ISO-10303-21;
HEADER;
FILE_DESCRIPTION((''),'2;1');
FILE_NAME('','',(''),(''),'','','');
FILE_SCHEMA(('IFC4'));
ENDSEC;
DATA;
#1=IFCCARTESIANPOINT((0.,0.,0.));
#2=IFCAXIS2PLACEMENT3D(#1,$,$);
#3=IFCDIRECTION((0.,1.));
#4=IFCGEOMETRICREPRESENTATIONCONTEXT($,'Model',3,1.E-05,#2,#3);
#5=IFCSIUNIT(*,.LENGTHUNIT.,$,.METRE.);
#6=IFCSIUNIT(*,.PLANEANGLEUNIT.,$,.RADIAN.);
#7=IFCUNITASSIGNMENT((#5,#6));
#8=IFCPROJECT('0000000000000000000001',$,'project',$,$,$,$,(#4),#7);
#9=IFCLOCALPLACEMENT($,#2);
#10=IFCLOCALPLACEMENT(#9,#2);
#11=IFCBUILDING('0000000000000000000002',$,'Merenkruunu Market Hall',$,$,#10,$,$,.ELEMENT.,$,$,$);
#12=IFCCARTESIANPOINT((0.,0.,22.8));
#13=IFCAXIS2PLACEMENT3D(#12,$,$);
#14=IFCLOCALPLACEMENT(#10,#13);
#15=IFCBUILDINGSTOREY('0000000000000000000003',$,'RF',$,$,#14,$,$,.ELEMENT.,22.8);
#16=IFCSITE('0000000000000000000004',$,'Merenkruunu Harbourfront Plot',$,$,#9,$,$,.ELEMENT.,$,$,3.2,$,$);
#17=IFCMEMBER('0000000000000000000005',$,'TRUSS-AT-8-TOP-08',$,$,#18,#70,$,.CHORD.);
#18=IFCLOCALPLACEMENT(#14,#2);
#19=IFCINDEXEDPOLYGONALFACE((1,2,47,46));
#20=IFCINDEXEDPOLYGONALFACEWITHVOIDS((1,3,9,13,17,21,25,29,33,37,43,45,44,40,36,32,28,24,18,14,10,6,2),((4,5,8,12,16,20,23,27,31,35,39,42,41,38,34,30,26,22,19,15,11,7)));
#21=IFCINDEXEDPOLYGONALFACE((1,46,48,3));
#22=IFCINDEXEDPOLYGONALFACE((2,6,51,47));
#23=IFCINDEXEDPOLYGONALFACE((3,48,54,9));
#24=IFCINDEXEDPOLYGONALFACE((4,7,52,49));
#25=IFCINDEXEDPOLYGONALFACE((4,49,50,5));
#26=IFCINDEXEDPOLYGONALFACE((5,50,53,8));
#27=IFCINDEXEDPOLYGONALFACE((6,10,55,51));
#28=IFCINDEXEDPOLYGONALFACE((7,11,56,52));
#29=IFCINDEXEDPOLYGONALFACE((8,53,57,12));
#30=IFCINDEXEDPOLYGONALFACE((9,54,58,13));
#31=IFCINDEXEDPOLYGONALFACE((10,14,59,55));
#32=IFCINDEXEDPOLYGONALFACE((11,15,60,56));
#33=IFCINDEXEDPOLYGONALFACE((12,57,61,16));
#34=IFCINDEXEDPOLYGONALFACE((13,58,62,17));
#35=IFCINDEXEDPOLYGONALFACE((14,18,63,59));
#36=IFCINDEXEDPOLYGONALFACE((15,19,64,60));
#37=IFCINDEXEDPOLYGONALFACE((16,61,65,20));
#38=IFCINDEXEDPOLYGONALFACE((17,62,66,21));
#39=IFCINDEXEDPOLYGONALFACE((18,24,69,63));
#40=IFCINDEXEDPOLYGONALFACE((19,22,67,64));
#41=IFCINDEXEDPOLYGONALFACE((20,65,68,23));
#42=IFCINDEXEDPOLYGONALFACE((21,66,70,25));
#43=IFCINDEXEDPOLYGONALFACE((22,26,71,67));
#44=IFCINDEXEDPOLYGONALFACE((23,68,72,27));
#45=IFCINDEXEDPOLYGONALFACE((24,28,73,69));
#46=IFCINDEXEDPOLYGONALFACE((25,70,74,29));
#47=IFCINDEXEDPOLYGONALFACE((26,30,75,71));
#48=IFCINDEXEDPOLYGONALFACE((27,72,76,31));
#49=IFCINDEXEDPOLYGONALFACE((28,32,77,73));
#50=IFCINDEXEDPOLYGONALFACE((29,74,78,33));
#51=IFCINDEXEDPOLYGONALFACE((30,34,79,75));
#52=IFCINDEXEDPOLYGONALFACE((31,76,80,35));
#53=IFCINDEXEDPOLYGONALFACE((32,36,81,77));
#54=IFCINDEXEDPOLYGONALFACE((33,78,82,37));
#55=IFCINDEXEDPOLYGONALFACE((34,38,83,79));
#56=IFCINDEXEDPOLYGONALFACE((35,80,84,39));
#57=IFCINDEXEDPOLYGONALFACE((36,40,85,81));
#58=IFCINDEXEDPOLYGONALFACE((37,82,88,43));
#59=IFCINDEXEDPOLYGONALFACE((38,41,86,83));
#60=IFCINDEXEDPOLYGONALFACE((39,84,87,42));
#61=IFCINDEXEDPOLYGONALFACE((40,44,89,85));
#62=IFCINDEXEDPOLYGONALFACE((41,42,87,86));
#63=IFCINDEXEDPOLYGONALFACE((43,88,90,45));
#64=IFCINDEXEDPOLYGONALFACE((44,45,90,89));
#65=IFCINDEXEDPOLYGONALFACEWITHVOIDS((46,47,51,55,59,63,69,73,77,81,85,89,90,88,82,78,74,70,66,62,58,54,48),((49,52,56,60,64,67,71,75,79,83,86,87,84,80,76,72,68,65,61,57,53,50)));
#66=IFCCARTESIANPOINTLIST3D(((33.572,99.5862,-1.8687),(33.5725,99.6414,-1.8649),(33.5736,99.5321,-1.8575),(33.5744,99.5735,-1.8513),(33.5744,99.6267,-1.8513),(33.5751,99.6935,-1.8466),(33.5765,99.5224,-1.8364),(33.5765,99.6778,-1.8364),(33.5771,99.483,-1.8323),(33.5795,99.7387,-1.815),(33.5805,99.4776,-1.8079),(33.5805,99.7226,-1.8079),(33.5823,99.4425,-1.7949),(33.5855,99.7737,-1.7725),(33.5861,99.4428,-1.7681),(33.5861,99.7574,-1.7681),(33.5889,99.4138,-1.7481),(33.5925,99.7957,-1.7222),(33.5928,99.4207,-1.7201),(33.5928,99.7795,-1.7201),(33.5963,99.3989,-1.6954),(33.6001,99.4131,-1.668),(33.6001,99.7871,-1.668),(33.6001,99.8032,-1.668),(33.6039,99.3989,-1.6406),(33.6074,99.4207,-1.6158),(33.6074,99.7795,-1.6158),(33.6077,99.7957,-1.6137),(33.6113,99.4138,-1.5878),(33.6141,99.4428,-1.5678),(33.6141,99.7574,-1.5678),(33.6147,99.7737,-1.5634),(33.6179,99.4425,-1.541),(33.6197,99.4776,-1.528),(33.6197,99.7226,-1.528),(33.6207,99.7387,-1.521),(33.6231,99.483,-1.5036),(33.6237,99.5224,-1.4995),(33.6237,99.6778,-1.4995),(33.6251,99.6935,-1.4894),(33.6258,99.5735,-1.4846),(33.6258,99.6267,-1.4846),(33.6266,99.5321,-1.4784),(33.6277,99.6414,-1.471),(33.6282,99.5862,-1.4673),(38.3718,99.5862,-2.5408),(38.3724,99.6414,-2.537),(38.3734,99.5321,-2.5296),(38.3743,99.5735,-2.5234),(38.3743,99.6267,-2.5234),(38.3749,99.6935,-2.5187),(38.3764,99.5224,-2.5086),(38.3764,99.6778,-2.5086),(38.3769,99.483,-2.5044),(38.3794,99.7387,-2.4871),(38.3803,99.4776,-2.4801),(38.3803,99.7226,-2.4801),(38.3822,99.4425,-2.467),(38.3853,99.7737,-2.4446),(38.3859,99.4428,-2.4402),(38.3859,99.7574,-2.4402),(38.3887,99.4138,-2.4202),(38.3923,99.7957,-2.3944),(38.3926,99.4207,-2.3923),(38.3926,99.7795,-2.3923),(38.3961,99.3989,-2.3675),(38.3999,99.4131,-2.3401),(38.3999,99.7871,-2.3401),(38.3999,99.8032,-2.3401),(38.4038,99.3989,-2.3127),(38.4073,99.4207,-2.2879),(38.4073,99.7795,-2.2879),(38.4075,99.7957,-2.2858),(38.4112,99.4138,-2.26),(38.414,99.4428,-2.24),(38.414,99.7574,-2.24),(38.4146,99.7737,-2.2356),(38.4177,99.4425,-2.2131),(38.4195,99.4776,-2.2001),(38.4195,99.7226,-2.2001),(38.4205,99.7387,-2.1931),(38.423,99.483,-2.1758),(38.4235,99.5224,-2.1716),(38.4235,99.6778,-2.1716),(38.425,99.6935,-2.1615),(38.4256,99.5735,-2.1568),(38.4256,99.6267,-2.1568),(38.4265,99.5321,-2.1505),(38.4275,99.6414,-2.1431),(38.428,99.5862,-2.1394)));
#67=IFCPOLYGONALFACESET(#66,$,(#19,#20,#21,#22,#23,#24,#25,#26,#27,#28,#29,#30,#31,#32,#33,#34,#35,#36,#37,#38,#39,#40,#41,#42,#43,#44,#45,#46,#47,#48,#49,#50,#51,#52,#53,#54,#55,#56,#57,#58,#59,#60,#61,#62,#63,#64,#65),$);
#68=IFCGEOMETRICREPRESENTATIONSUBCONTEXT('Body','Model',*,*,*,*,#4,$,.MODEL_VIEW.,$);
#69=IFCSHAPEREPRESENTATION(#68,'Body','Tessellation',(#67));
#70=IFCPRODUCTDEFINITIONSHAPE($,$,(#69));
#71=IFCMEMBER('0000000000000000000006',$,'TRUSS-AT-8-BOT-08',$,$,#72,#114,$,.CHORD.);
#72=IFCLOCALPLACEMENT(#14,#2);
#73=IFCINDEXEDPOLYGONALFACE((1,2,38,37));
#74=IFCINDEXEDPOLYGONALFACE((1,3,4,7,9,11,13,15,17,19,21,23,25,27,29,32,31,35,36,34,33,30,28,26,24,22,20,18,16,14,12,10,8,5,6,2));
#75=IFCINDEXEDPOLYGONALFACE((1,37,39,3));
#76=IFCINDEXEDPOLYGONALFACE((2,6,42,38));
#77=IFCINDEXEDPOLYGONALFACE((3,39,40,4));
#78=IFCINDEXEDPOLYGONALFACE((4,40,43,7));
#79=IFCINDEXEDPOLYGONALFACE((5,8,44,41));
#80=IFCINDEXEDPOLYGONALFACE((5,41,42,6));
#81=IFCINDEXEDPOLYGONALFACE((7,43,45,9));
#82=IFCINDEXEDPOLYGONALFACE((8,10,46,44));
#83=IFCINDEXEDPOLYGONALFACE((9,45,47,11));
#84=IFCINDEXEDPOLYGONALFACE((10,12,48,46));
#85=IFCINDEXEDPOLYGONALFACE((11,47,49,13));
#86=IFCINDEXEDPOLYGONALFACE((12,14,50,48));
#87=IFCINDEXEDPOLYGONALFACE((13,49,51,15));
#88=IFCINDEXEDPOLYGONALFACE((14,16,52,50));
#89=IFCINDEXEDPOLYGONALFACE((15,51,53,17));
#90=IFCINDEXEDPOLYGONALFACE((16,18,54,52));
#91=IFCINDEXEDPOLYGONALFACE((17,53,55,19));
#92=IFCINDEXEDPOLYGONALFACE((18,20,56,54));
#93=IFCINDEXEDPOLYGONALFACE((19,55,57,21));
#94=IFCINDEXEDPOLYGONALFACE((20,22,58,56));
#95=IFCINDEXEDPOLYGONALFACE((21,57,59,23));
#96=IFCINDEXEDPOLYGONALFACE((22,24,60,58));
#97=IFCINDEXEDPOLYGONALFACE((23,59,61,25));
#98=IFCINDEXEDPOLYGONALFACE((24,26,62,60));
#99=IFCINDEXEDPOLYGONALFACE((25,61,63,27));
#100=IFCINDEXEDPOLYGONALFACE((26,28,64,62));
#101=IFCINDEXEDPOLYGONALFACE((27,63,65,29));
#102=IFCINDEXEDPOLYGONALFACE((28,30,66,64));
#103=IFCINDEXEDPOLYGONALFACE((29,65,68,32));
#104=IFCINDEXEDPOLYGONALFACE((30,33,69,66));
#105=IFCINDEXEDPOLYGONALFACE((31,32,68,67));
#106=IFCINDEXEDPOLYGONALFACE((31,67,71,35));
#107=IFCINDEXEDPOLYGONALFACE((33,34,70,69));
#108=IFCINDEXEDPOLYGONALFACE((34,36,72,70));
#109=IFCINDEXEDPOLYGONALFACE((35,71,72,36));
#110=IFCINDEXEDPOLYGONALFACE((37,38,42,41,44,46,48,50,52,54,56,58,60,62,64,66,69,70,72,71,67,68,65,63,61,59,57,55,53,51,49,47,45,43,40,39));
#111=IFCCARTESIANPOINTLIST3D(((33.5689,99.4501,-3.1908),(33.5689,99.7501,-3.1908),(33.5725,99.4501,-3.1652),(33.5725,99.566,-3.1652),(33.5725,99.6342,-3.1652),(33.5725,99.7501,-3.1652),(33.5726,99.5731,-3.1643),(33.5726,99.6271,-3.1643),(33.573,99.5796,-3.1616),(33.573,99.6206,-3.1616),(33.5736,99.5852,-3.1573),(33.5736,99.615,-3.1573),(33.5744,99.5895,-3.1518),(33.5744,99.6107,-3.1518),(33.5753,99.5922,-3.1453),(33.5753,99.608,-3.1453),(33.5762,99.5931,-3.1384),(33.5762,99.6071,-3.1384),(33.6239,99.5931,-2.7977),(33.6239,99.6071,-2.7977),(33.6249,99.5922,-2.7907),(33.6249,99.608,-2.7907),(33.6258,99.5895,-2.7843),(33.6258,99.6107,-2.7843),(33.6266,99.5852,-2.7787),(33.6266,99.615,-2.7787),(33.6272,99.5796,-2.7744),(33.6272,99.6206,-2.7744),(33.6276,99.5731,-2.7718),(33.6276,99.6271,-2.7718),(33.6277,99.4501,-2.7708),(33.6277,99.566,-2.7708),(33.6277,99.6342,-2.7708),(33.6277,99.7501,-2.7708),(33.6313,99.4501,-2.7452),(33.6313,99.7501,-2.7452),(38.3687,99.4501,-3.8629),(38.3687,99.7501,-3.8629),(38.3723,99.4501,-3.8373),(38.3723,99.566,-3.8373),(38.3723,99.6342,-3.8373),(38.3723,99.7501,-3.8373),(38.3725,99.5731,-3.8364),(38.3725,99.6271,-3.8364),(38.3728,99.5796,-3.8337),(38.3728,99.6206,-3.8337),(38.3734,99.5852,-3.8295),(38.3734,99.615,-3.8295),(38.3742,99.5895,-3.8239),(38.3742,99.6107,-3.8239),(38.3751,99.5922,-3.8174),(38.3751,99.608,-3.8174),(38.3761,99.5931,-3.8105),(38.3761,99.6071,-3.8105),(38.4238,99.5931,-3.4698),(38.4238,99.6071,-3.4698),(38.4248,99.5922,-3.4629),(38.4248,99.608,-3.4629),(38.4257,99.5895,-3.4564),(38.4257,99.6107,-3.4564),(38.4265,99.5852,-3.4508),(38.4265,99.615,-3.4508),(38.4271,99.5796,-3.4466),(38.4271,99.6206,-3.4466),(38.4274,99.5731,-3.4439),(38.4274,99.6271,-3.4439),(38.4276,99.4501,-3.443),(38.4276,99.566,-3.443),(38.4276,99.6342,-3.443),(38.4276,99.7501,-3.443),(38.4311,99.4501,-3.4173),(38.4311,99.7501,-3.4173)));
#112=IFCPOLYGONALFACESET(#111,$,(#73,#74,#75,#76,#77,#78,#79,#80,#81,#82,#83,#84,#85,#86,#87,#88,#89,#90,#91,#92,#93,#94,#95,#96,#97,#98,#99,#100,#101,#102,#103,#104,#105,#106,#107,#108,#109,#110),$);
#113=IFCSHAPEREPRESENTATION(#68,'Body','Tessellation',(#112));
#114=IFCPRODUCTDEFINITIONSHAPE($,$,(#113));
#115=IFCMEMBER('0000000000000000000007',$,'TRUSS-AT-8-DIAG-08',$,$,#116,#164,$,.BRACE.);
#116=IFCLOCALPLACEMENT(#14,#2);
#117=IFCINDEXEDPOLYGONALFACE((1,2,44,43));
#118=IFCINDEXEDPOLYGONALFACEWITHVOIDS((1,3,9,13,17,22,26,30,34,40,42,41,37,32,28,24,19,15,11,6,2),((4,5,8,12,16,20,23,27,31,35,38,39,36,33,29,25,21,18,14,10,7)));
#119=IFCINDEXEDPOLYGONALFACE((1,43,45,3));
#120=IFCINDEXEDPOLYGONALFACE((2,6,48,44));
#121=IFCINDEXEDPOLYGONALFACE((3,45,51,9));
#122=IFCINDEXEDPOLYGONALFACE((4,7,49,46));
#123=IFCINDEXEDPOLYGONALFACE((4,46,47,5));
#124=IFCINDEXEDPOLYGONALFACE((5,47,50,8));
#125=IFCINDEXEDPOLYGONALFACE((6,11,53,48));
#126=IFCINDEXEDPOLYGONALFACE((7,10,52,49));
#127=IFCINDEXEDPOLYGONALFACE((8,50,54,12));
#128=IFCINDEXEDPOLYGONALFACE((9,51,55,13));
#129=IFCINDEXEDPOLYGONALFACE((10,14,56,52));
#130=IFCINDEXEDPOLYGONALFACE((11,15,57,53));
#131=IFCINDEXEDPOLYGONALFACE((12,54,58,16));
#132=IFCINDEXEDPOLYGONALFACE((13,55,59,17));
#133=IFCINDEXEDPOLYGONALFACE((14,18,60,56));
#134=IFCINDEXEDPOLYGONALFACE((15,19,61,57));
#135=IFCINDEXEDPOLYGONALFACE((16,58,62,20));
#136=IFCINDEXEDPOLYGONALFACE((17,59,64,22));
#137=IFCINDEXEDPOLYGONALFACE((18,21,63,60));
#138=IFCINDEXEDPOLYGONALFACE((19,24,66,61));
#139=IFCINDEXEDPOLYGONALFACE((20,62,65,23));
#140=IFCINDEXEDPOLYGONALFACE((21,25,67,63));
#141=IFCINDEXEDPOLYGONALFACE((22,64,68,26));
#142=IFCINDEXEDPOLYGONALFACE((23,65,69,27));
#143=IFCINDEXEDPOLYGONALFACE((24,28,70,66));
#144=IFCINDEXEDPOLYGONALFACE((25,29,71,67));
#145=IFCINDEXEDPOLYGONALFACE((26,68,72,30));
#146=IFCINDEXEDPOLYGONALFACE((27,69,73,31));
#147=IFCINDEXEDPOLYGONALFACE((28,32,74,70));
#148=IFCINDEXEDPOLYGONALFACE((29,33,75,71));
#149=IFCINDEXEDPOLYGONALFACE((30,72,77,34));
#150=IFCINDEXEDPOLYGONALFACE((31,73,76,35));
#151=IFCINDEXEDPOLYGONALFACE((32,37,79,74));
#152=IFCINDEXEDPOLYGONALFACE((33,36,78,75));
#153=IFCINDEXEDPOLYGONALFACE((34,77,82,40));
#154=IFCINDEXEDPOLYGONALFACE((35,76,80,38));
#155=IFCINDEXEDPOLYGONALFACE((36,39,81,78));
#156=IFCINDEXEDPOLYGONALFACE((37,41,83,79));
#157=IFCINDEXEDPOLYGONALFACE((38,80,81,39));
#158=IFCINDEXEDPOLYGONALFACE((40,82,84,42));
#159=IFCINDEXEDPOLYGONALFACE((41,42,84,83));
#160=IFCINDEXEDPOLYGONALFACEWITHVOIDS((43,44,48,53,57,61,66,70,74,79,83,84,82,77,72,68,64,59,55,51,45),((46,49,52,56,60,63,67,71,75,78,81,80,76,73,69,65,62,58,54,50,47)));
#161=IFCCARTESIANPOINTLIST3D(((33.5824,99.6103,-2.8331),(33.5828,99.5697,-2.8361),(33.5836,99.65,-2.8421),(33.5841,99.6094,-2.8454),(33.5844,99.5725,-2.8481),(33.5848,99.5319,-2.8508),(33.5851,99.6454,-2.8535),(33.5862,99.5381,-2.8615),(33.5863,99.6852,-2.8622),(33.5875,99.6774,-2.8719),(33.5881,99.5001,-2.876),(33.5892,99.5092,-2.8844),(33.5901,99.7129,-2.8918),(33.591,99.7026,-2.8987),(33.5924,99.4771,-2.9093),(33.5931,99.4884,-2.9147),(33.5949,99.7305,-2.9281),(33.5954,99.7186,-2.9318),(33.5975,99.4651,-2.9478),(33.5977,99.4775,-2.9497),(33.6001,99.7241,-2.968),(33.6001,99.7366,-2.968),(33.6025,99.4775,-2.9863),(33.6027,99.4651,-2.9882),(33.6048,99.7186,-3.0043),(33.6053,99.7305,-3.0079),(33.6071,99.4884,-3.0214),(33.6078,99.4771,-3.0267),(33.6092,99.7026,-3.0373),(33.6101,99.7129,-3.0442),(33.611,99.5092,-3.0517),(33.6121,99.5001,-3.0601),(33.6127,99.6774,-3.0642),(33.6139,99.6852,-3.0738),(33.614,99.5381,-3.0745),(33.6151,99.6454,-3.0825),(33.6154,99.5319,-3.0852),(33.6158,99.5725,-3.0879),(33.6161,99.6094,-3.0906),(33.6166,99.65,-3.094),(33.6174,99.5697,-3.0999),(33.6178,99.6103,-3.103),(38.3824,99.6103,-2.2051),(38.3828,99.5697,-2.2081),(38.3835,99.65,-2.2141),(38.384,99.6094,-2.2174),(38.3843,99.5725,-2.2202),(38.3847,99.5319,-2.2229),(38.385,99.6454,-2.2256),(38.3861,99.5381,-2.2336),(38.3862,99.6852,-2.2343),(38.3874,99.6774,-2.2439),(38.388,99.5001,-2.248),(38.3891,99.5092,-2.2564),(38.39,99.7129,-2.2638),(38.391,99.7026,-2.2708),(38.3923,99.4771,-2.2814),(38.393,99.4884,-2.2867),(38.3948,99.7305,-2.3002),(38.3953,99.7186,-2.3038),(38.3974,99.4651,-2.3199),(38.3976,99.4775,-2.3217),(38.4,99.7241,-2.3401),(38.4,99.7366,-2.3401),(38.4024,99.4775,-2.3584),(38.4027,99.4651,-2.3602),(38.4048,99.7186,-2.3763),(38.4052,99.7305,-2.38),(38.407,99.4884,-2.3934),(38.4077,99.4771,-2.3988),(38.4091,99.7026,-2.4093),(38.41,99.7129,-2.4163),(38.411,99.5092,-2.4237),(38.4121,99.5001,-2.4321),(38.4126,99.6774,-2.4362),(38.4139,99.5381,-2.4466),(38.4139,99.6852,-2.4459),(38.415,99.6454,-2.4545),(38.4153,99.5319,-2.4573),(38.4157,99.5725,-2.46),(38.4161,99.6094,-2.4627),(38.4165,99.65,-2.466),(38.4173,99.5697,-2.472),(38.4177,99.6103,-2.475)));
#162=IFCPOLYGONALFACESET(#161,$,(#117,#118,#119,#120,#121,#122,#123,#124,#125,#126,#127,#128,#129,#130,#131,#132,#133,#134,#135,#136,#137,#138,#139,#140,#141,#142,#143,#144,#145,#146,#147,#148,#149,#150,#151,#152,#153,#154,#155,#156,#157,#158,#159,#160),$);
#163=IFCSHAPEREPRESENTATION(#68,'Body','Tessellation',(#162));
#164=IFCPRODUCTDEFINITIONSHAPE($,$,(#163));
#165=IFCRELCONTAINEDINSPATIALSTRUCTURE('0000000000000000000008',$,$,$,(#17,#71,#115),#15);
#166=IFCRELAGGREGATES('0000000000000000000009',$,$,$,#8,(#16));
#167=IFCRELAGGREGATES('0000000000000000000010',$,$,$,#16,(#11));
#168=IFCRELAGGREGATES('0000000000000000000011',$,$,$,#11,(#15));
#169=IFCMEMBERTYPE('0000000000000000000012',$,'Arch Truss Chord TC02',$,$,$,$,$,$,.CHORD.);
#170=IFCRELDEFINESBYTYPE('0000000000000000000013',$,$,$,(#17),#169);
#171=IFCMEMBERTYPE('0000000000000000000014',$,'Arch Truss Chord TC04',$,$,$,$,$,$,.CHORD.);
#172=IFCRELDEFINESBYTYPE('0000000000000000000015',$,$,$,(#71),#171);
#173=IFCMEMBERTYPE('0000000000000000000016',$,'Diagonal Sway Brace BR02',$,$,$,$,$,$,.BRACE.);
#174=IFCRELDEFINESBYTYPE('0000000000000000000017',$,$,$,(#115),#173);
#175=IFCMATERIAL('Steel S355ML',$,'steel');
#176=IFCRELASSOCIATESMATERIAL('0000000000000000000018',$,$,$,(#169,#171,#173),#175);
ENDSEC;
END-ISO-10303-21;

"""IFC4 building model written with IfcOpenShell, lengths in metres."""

from ifc_helpers import new_model, si_unit, direction, frame, origin, origin_2d, place, context, subcontext, project, spatial, hollow_circle, i_section, extrude, material, material_profile, profile_set, type_object, element, save


model = new_model("IFC4")

# Units and contexts
model_context = context("Model", 3, precision=1e-05, world=origin(), true_north=direction((0.0, 1.0)))
body_context = subcontext(model_context, "Body", "Model", "MODEL_VIEW")
ifc_project = project(units=[si_unit("LENGTHUNIT", "METRE"), si_unit("PLANEANGLEUNIT", "RADIAN")], contexts=[model_context])

# Site, building, storey
site_placement = place(None, origin())
site = spatial("IfcSite", under=ifc_project, at=site_placement, Name="Merenkruunu Harbourfront Plot", CompositionType="ELEMENT", RefElevation=3.2)
building_placement = place(site_placement, origin())
building = spatial("IfcBuilding", under=site, at=building_placement, Name="Merenkruunu Market Hall", CompositionType="ELEMENT")
storey_placement = place(building_placement, frame((0.0, 0.0, 22.8)))
storey = spatial("IfcBuildingStorey", under=building, at=storey_placement, Name="RF", CompositionType="ELEMENT", Elevation=22.8)

# Members
ifc_material_1 = material(Name="Steel S355ML", Category="steel")
ifc_material_profile_1 = material_profile(ifc_material_1, hollow_circle(Radius=0.2031, WallThickness=0.0161, at=origin_2d()), Name="CHS 406.4x16")
ifc_profile_set_1 = profile_set([ifc_material_profile_1], Name="Steel S355ML")
member_type_1 = type_object("IfcMemberType", Name="Arch Truss Chord TC02", PredefinedType="CHORD", material=ifc_profile_set_1)
member_1_placement = place(storey_placement, frame((33.6001, 99.6001, -1.668), z_axis=(0.990338, 0.0, -0.138677), x_axis=(0.0, 1.0, 0.0)))
element("IfcMember", 1, at=member_1_placement, inside=storey, type_object=member_type_1, Name="TRUSS-AT-8-TOP-08", PredefinedType="CHORD", context=body_context, shape_type="SweptSolid", body=[
    extrude(hollow_circle(Radius=0.2031, WallThickness=0.0161, at=origin_2d()), origin(), (0.0, 0.0, 1.0), 4.8467),
])
ifc_material_profile_2 = material_profile(ifc_material_1, i_section(OverallWidth=0.3, OverallDepth=0.45, WebThickness=0.0139, FlangeThickness=0.0259, FilletRadius=0.0271, at=origin_2d()), Name="HEB 450")
ifc_profile_set_2 = profile_set([ifc_material_profile_2], Name="Steel S355ML")
member_type_2 = type_object("IfcMemberType", Name="Arch Truss Chord TC04", PredefinedType="CHORD", material=ifc_profile_set_2)
member_2_placement = place(storey_placement, frame((33.6001, 99.6001, -2.968), z_axis=(0.990338, 0.0, -0.138677), x_axis=(0.0, 1.0, 0.0)))
element("IfcMember", 2, at=member_2_placement, inside=storey, type_object=member_type_2, Name="TRUSS-AT-8-BOT-08", PredefinedType="CHORD", context=body_context, shape_type="SweptSolid", body=[
    extrude(i_section(OverallWidth=0.3, OverallDepth=0.45, WebThickness=0.0139, FlangeThickness=0.0259, FilletRadius=0.0271, at=origin_2d()), origin(), (0.0, 0.0, 1.0), 4.8467),
])
ifc_material_profile_3 = material_profile(ifc_material_1, hollow_circle(Radius=0.1365, WallThickness=0.0125, at=origin_2d()), Name="CHS 273x12.5")
ifc_profile_set_3 = profile_set([ifc_material_profile_3], Name="Steel S355ML")
member_type_3 = type_object("IfcMemberType", Name="Diagonal Sway Brace BR02", PredefinedType="BRACE", material=ifc_profile_set_3)
member_3_placement = place(storey_placement, frame((33.6001, 99.6001, -2.968), z_axis=(0.991551, 0.0, 0.129719), x_axis=(0.0, 1.0, 0.0)))
element("IfcMember", 3, at=member_3_placement, inside=storey, type_object=member_type_3, Name="TRUSS-AT-8-DIAG-08", PredefinedType="BRACE", context=body_context, shape_type="SweptSolid", body=[
    extrude(hollow_circle(Radius=0.1365, WallThickness=0.0125, at=origin_2d()), origin(), (0.0, 0.0, 1.0), 4.8408),
])

save(model, "model.ifc")
